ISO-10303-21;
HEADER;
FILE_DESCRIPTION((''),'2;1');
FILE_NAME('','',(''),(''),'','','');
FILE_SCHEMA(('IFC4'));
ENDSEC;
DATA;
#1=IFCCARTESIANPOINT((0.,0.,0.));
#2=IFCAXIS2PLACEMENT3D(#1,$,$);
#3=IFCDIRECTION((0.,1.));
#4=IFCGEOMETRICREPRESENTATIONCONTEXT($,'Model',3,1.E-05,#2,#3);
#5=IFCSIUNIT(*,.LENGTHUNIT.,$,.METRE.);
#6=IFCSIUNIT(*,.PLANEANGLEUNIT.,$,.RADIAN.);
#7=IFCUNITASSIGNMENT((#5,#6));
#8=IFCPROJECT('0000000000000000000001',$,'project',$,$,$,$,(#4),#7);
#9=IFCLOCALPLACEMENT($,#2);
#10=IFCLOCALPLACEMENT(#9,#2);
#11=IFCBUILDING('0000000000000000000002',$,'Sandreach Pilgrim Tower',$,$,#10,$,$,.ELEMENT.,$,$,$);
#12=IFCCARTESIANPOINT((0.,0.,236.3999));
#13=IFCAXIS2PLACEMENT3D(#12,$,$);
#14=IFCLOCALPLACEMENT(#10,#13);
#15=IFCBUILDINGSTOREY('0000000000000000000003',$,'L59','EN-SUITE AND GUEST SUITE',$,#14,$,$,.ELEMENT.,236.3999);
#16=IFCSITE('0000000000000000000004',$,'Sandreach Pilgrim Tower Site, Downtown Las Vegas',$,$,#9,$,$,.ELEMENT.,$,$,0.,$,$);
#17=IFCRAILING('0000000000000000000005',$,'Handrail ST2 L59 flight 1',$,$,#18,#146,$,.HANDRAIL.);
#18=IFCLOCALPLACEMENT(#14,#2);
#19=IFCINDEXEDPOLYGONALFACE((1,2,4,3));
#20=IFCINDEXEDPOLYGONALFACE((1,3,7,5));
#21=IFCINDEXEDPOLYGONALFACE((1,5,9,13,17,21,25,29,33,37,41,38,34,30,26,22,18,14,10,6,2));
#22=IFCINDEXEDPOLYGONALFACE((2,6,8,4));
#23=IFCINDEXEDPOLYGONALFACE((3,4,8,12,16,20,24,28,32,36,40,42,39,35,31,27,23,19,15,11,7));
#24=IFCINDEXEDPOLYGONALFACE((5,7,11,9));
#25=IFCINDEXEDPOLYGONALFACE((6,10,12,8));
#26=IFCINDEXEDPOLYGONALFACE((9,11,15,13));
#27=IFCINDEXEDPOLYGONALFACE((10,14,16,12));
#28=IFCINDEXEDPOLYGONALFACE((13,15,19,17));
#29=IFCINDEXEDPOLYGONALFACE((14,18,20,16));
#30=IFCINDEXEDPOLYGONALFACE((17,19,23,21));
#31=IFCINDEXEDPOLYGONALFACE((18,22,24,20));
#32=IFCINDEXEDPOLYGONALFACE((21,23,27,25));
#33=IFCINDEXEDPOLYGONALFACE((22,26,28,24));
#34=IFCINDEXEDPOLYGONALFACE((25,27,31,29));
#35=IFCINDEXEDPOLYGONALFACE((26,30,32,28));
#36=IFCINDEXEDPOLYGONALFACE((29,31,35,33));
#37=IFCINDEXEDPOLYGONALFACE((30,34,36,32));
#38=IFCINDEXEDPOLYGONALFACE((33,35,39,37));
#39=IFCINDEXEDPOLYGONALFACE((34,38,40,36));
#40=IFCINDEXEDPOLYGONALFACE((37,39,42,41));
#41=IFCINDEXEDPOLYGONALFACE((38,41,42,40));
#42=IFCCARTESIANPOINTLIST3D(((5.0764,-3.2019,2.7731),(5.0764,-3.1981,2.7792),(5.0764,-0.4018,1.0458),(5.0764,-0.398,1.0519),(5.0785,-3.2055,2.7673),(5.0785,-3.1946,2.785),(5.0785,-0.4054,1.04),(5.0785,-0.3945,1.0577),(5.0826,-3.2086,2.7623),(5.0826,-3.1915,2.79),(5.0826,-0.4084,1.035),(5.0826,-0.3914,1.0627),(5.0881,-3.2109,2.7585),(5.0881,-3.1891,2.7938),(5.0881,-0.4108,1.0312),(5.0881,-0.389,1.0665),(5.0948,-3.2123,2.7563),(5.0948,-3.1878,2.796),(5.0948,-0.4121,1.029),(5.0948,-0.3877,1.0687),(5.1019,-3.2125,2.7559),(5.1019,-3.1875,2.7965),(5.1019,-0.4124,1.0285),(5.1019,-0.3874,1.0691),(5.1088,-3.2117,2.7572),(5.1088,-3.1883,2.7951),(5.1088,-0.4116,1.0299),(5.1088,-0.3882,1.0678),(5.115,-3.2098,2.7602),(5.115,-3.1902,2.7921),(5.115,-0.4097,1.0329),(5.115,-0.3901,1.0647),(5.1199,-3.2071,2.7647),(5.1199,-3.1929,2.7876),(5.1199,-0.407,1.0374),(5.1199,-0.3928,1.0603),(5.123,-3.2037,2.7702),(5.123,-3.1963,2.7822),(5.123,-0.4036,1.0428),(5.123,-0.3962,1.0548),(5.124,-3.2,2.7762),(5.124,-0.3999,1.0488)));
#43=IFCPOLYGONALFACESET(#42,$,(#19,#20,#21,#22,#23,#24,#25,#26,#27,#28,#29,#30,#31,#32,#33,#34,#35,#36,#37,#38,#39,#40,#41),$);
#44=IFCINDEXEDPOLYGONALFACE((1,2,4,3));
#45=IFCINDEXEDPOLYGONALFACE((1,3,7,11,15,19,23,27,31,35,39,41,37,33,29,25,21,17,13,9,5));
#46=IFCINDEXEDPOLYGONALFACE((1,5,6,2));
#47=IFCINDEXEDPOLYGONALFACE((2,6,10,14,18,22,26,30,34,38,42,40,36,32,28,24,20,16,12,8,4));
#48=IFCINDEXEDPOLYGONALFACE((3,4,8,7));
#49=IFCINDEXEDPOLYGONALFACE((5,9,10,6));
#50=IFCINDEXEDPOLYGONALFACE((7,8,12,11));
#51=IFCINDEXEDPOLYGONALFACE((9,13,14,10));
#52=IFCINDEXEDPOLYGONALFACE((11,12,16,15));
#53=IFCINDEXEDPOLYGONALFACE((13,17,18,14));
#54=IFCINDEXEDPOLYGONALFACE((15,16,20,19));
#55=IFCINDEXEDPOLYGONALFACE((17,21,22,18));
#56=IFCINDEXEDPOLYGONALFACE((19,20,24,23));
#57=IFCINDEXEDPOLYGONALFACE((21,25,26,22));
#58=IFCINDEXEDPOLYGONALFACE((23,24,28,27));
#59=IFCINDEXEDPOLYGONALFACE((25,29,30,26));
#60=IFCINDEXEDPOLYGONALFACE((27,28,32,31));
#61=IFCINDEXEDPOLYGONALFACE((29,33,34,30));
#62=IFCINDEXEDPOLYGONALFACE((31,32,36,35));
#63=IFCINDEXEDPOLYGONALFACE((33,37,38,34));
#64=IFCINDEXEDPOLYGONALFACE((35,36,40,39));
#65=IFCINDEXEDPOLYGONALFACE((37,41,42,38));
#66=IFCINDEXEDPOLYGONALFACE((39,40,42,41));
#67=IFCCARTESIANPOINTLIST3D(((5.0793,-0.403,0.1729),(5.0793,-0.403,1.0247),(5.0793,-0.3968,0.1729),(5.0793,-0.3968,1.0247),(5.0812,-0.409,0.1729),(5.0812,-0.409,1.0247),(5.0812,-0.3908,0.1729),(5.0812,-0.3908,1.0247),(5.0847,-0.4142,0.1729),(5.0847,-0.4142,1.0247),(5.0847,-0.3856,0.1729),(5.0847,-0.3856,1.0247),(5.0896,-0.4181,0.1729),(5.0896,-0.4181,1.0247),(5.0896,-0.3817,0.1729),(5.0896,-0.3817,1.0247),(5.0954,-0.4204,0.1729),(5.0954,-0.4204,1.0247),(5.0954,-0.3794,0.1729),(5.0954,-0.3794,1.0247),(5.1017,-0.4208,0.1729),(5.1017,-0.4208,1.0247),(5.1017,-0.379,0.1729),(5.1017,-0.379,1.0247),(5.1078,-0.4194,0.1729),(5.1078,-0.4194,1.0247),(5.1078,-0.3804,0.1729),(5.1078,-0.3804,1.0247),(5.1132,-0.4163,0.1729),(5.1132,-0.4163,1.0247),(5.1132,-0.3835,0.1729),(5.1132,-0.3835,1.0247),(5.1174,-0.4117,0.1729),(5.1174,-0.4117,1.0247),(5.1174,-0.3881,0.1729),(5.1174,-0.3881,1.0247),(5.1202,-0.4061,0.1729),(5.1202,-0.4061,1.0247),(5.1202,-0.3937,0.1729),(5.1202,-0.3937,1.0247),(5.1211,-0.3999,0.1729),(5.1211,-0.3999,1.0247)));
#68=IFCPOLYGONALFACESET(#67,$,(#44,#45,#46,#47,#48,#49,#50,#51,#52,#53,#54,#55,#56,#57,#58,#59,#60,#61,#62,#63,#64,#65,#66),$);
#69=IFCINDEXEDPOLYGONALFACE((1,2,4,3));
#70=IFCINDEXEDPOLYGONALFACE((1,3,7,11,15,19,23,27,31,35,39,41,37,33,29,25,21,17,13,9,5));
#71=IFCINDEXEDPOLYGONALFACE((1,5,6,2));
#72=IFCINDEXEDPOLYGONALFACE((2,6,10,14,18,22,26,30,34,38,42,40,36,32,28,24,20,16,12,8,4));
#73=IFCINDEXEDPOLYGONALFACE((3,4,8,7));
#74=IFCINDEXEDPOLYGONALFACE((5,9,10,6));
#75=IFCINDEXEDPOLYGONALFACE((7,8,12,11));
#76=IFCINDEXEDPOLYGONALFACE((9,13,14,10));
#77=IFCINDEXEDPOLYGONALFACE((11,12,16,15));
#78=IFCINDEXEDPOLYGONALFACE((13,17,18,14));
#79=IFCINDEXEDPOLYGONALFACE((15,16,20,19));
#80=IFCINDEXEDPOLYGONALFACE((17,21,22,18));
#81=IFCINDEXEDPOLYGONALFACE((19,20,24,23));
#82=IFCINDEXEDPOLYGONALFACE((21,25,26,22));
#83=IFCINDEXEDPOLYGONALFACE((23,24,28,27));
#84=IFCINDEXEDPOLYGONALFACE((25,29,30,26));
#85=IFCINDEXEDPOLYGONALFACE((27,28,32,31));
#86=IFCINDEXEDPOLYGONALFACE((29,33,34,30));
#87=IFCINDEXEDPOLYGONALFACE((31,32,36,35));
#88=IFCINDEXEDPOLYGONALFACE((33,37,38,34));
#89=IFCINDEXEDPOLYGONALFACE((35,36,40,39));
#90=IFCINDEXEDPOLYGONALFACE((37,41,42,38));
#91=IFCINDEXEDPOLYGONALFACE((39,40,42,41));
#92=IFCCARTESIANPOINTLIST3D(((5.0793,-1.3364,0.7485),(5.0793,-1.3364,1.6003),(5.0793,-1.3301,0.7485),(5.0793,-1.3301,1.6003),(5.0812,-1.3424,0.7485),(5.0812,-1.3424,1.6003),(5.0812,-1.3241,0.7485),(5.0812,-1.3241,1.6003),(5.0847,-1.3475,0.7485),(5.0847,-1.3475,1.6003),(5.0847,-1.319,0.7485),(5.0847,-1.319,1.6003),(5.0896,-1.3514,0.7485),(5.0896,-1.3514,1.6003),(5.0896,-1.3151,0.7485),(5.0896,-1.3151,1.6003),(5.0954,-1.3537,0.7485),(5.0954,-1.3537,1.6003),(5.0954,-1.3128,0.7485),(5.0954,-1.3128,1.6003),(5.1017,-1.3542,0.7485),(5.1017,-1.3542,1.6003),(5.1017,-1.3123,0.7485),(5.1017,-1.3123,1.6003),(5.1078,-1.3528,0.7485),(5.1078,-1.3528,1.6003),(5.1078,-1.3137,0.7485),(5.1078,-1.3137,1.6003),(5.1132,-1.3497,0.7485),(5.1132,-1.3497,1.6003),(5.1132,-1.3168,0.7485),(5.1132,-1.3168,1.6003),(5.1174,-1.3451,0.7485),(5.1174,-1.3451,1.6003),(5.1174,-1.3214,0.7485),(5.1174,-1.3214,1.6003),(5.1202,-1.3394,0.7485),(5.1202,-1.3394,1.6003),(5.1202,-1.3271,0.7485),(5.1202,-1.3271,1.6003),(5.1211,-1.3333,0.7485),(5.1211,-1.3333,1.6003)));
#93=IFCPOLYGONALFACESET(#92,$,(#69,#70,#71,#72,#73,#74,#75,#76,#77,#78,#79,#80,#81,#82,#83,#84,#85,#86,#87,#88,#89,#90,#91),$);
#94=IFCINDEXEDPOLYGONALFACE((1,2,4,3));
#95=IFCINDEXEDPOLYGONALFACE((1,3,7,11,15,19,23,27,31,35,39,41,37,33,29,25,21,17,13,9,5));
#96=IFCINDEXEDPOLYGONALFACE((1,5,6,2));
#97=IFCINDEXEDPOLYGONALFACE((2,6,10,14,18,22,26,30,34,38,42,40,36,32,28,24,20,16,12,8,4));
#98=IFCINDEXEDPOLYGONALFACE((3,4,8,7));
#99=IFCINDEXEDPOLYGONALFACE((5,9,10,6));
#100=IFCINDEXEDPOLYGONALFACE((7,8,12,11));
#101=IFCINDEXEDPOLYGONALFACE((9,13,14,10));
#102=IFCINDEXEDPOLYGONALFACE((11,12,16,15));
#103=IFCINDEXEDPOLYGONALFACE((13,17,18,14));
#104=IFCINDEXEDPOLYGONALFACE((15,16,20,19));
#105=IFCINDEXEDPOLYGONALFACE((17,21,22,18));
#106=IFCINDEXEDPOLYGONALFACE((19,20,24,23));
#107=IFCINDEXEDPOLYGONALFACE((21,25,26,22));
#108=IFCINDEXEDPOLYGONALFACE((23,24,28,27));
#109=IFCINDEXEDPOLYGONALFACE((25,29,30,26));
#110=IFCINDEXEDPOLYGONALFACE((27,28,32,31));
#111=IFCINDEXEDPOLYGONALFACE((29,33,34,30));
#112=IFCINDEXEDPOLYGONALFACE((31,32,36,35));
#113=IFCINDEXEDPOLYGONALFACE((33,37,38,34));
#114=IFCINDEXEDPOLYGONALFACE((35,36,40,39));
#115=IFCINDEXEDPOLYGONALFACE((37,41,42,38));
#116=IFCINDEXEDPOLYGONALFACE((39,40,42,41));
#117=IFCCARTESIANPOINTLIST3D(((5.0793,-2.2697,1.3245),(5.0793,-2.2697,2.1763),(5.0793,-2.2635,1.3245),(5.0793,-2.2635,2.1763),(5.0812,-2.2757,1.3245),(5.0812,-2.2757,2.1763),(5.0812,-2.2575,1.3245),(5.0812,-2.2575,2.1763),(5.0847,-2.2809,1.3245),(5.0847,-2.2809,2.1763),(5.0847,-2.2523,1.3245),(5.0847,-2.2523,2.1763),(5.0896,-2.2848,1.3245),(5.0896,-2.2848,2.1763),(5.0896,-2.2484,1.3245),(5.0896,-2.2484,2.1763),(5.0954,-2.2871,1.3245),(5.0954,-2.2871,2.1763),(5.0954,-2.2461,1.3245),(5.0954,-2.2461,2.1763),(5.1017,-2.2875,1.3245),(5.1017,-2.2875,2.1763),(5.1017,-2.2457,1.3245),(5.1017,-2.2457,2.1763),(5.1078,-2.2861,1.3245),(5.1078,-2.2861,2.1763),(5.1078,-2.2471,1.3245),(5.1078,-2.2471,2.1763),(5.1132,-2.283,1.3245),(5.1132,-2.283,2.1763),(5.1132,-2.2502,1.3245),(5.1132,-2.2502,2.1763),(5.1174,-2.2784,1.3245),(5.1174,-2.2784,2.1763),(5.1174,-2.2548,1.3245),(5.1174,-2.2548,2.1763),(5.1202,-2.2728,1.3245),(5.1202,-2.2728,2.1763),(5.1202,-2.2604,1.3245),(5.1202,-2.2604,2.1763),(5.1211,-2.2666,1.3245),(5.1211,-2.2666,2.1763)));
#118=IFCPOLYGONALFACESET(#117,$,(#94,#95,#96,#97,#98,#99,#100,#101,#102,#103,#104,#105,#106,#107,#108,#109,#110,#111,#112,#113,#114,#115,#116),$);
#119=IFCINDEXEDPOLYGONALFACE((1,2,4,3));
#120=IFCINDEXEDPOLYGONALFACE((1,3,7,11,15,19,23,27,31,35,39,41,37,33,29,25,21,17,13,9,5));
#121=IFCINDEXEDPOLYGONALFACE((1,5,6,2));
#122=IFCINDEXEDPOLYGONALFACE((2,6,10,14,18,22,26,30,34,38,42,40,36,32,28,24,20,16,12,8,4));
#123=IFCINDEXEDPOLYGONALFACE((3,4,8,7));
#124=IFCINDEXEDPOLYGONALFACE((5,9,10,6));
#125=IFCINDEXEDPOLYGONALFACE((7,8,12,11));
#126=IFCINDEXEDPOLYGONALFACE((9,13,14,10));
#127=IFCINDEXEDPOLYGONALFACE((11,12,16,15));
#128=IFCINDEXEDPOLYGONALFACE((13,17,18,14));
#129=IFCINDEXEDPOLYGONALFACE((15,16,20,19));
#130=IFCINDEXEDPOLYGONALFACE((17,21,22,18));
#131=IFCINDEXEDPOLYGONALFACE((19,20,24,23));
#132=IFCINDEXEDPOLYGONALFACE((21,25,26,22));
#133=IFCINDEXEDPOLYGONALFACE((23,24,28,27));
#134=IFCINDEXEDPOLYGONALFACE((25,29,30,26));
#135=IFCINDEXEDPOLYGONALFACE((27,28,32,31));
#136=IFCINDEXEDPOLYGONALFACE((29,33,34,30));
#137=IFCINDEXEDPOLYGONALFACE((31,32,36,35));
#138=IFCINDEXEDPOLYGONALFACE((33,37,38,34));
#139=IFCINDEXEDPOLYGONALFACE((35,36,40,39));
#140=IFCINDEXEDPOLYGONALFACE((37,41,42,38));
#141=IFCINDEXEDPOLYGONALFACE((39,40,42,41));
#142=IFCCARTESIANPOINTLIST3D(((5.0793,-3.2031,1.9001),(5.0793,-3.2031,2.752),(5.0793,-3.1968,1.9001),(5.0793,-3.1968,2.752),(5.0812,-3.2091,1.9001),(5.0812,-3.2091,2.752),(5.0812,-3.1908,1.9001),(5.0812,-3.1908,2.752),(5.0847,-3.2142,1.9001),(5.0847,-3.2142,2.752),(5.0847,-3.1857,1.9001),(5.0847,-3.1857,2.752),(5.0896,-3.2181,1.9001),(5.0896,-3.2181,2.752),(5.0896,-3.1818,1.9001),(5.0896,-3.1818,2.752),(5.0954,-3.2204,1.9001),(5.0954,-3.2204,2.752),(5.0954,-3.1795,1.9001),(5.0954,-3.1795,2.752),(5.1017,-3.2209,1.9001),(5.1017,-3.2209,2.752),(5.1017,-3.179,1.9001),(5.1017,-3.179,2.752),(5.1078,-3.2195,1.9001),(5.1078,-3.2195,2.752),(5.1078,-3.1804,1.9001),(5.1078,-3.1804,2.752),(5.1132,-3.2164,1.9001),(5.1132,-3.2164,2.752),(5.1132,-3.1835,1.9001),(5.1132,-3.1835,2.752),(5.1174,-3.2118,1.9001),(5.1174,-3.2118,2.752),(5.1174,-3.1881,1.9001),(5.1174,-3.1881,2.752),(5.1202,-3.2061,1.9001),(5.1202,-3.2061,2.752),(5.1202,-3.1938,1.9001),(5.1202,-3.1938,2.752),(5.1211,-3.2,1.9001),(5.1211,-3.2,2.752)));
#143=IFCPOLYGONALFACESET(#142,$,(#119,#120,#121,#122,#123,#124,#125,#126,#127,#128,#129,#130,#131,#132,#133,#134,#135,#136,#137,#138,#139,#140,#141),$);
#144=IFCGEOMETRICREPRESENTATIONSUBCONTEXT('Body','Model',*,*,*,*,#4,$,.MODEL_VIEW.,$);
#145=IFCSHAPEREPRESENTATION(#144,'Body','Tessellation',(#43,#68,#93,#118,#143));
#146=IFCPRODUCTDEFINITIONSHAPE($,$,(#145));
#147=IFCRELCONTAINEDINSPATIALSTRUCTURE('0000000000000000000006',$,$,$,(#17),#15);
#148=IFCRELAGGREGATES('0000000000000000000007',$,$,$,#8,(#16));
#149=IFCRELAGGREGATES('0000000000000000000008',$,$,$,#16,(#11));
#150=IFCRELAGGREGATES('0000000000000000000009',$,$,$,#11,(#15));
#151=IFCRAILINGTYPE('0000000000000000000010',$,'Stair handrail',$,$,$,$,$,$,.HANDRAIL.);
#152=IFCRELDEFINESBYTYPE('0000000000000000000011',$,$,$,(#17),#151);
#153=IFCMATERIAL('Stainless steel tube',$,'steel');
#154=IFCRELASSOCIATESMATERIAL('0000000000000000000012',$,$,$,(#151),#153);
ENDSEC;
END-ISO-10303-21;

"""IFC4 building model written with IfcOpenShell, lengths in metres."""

from ifc_helpers import new_model, si_unit, direction, frame, origin, origin_2d, place, context, subcontext, project, spatial, circle, extrude, material, type_object, element, save


model = new_model("IFC4")

# Units and contexts
model_context = context("Model", 3, precision=1e-05, world=origin(), true_north=direction((0.0, 1.0)))
body_context = subcontext(model_context, "Body", "Model", "MODEL_VIEW")
ifc_project = project(units=[si_unit("LENGTHUNIT", "METRE"), si_unit("PLANEANGLEUNIT", "RADIAN")], contexts=[model_context])

# Site, building, storey
site_placement = place(None, origin())
site = spatial("IfcSite", under=ifc_project, at=site_placement, Name="Sandreach Pilgrim Tower Site, Downtown Las Vegas", CompositionType="ELEMENT", RefElevation=0.0)
building_placement = place(site_placement, origin())
building = spatial("IfcBuilding", under=site, at=building_placement, Name="Sandreach Pilgrim Tower", CompositionType="ELEMENT")
storey_placement = place(building_placement, frame((0.0, 0.0, 236.3999)))
storey = spatial("IfcBuildingStorey", under=building, at=storey_placement, Name="L59", Description="EN-SUITE AND GUEST SUITE", CompositionType="ELEMENT", Elevation=236.3999)

# Railing
ifc_material_1 = material(Name="Stainless steel tube", Category="steel")
railing_type = type_object("IfcRailingType", Name="Stair handrail", PredefinedType="HANDRAIL", material=ifc_material_1)
for number, where, name in (
    (1, (5.1001, -0.3999, 0.1729), "Handrail ST2 L59 flight 1"),
):
    element("IfcRailing", number, at=place(storey_placement, frame(where)), inside=storey, type_object=railing_type, Name=name, PredefinedType="HANDRAIL", context=body_context, shape_type="SweptSolid", body=[
        extrude(circle(Radius=0.0239, at=origin_2d()), frame((0.0, 0.0, 0.876), z_axis=(0.0, -0.85109, 0.52502), x_axis=(1.0, 0.0, 0.0)), (0.0, 0.0, 1.0), 3.29),
        extrude(circle(Radius=0.021, at=origin_2d()), origin(), (0.0, 0.0, 1.0), 0.8518),
        extrude(circle(Radius=0.021, at=origin_2d()), frame((0.0, -0.9333, 0.5757)), (0.0, 0.0, 1.0), 0.8518),
        extrude(circle(Radius=0.021, at=origin_2d()), frame((0.0, -1.8667, 1.1516)), (0.0, 0.0, 1.0), 0.8518),
        extrude(circle(Radius=0.021, at=origin_2d()), frame((0.0, -2.8, 1.7273)), (0.0, 0.0, 1.0), 0.8518),
    ])

save(model, "model.ifc")
